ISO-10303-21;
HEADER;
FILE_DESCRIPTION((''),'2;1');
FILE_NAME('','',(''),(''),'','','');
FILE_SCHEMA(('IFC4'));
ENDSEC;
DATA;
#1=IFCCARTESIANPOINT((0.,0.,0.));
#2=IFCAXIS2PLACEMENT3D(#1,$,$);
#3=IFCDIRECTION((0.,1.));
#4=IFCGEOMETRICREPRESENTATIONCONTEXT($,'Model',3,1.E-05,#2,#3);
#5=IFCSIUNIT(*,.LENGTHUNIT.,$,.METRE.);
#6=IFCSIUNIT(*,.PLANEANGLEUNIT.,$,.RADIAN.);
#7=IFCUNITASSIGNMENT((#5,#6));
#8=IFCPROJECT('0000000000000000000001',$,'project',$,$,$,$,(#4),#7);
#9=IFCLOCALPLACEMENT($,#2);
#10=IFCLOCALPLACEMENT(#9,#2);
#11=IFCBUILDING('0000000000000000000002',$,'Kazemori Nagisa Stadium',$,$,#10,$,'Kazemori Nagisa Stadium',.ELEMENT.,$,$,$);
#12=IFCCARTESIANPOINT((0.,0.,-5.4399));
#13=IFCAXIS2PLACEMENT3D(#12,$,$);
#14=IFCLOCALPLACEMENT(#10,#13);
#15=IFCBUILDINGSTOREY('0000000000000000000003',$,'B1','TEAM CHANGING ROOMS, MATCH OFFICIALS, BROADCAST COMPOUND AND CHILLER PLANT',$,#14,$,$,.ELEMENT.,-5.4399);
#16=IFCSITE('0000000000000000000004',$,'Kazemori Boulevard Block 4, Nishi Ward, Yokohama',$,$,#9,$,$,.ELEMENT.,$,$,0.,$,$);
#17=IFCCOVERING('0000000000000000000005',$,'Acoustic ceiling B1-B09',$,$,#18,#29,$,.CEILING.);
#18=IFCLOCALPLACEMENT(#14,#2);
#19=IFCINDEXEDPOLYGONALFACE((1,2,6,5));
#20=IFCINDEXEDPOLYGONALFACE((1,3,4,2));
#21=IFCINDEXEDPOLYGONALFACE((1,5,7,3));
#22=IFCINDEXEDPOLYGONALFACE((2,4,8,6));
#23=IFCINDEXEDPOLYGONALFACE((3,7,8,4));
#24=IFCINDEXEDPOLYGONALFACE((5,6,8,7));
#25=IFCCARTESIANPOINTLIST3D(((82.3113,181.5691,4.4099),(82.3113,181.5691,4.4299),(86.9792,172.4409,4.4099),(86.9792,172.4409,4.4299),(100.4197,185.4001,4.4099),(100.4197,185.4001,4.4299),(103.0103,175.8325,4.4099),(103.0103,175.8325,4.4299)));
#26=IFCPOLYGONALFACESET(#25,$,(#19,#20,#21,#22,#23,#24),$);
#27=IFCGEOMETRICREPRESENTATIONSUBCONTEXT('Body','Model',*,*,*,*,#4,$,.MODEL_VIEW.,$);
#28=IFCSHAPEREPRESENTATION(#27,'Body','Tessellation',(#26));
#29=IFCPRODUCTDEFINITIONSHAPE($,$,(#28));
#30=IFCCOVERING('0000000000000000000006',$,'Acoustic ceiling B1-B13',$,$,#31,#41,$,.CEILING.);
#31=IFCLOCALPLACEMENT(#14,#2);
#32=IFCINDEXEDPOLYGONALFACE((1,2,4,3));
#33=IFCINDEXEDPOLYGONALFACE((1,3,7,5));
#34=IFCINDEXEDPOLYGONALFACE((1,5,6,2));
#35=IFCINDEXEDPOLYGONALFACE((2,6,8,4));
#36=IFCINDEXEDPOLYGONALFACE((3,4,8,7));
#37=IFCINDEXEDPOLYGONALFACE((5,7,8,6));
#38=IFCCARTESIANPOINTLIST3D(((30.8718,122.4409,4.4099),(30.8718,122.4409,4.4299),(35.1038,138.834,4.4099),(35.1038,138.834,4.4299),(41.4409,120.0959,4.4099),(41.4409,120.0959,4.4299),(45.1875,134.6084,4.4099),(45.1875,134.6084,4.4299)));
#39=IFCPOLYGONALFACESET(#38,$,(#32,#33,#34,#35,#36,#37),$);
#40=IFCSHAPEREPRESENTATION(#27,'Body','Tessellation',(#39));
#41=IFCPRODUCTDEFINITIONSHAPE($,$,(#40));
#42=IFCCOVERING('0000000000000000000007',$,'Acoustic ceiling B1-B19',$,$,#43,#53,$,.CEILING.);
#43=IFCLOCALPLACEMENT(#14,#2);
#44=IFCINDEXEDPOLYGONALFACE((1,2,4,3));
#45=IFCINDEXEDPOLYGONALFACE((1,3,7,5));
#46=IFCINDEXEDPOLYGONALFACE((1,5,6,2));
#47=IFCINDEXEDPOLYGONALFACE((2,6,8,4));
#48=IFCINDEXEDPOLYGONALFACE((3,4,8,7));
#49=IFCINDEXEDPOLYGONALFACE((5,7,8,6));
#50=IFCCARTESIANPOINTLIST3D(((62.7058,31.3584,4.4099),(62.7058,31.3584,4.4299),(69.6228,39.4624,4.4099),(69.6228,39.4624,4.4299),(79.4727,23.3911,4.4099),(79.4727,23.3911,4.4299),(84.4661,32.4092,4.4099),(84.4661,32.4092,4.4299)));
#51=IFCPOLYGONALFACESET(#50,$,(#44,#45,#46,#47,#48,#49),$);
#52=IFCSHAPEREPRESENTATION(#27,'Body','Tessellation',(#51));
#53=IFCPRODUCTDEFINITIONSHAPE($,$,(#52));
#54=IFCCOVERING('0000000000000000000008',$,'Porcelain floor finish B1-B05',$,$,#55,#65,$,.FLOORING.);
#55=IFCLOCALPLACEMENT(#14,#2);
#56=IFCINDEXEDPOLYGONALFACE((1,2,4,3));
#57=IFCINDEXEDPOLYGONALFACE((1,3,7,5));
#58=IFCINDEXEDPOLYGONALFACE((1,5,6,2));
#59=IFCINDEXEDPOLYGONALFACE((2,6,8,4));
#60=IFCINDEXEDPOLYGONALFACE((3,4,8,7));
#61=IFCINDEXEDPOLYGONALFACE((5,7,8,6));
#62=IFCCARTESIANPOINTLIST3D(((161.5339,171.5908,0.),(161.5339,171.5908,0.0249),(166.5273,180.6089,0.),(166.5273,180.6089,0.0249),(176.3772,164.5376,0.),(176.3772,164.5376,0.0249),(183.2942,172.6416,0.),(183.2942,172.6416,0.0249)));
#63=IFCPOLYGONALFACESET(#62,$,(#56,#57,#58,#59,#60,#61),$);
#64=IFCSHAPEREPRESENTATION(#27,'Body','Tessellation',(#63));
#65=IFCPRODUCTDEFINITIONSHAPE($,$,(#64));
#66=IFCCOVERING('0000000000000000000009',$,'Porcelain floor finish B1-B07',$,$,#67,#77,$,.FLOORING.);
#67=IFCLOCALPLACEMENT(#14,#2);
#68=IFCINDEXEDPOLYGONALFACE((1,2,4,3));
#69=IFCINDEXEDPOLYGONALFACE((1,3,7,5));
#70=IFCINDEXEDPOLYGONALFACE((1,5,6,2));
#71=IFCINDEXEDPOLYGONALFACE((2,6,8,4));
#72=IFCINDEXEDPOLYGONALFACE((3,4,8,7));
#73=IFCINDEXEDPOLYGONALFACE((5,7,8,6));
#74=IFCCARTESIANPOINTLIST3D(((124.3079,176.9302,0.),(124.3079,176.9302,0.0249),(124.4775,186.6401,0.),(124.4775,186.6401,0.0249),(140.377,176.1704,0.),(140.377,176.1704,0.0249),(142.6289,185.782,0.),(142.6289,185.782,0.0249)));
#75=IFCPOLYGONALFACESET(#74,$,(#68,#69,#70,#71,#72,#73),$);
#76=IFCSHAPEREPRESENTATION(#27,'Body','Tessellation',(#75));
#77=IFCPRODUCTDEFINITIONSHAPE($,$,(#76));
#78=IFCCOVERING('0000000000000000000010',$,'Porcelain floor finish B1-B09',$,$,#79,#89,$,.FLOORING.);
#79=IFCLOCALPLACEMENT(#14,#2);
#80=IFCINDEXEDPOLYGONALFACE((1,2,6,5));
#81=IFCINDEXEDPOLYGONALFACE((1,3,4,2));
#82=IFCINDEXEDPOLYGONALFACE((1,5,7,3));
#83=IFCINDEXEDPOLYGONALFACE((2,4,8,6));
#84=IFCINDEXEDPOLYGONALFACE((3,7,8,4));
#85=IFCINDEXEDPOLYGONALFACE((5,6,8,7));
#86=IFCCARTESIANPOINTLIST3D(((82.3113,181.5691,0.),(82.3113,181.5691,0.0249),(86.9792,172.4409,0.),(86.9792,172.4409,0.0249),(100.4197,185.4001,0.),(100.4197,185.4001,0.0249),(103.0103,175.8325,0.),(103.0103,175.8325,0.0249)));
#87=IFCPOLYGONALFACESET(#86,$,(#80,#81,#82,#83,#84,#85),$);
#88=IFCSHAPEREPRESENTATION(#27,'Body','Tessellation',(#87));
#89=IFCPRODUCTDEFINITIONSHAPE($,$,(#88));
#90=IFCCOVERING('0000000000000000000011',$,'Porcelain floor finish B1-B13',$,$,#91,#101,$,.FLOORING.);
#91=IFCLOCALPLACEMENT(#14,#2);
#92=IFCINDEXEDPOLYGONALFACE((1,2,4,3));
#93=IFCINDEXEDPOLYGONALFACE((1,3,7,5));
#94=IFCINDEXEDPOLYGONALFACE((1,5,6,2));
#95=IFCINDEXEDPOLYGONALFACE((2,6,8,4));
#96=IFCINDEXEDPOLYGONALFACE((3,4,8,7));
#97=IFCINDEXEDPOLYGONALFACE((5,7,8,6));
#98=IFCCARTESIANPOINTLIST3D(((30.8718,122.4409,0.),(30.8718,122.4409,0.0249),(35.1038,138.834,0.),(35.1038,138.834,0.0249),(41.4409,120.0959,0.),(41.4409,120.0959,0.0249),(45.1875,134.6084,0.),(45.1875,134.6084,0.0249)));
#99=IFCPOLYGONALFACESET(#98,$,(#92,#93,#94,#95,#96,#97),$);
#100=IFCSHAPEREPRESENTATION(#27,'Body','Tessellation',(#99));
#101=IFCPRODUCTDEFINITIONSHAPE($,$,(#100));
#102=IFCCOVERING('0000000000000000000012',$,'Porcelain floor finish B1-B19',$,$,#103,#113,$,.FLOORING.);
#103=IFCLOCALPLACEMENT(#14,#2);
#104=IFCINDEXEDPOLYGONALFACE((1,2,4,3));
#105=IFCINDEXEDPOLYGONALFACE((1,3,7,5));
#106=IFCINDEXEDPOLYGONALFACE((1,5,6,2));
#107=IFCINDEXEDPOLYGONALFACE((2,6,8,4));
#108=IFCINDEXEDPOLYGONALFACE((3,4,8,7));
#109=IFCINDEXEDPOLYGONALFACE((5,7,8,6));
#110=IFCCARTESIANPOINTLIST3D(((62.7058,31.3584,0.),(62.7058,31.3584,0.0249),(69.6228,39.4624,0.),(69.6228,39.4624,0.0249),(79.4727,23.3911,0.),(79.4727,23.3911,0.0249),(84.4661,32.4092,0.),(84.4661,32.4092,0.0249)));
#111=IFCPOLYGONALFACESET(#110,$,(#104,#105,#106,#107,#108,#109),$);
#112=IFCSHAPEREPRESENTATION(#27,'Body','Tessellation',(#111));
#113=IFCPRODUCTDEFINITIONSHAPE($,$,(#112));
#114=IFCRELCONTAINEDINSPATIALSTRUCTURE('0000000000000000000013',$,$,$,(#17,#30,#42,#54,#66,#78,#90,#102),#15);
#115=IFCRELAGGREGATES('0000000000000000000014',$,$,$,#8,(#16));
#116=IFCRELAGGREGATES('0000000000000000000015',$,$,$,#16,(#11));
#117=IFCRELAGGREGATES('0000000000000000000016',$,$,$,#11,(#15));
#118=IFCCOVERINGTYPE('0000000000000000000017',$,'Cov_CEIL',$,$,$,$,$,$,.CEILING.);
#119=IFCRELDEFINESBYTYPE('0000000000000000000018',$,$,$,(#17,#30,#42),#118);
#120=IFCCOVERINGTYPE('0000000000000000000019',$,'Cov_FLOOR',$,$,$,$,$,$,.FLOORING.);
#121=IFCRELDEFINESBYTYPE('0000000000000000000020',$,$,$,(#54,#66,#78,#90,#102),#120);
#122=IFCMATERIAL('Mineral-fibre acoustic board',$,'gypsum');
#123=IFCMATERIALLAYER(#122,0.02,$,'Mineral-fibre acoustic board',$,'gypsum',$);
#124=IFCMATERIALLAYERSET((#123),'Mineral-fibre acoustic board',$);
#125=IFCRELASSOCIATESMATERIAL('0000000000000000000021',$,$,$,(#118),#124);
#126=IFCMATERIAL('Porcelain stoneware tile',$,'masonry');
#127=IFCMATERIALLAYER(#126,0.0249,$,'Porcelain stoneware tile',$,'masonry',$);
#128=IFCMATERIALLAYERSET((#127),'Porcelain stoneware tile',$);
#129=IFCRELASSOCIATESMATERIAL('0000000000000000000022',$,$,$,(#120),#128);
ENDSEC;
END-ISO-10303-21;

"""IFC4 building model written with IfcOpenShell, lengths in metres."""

from ifc_helpers import new_model, si_unit, direction, frame, origin, place, context, subcontext, project, spatial, polyline, outline, extrude, material, layer, layer_set, type_object, element, save


model = new_model("IFC4")

# Units and contexts
model_context = context("Model", 3, precision=1e-05, world=origin(), true_north=direction((0.0, 1.0)))
body_context = subcontext(model_context, "Body", "Model", "MODEL_VIEW")
ifc_project = project(units=[si_unit("LENGTHUNIT", "METRE"), si_unit("PLANEANGLEUNIT", "RADIAN")], contexts=[model_context])

# Site, building, storey
site_placement = place(None, origin())
site = spatial("IfcSite", under=ifc_project, at=site_placement, Name="Kazemori Boulevard Block 4, Nishi Ward, Yokohama", CompositionType="ELEMENT", RefElevation=0.0)
building_placement = place(site_placement, origin())
building = spatial("IfcBuilding", under=site, at=building_placement, Name="Kazemori Nagisa Stadium", LongName="Kazemori Nagisa Stadium", CompositionType="ELEMENT")
storey_placement = place(building_placement, frame((0.0, 0.0, -5.4399)))
storey = spatial("IfcBuildingStorey", under=building, at=storey_placement, Name="B1", Description="TEAM CHANGING ROOMS, MATCH OFFICIALS, BROADCAST COMPOUND AND CHILLER PLANT", CompositionType="ELEMENT", Elevation=-5.4399)

# Coverings
ifc_material_1 = material(Name="Mineral-fibre acoustic board", Category="gypsum")
ifc_layer_1 = layer(ifc_material_1, 0.02, Name="Mineral-fibre acoustic board", Category="gypsum")
ifc_layer_set_1 = layer_set([ifc_layer_1], Name="Mineral-fibre acoustic board")
covering_type_1 = type_object("IfcCoveringType", Name="Cov_CEIL", PredefinedType="CEILING", material=ifc_layer_set_1)
covering_1_placement = place(storey_placement, frame((0.0, 0.0, 4.4099)))
element("IfcCovering", 1, at=covering_1_placement, inside=storey, type_object=covering_type_1, Name="Acoustic ceiling B1-B09", PredefinedType="CEILING", context=body_context, shape_type="SweptSolid", body=[
    extrude(outline(polyline([(103.0103, 175.8325), (86.9792, 172.4409), (82.3113, 181.5691), (100.4197, 185.4001), (103.0103, 175.8325)])), origin(), (0.0, 0.0, 1.0), 0.02),
])
covering_2_placement = place(storey_placement, frame((0.0, 0.0, 4.4099)))
element("IfcCovering", 2, at=covering_2_placement, inside=storey, type_object=covering_type_1, Name="Acoustic ceiling B1-B13", PredefinedType="CEILING", context=body_context, shape_type="SweptSolid", body=[
    extrude(outline(polyline([(45.1875, 134.6084), (41.4409, 120.0959), (30.8718, 122.4409), (35.1038, 138.834), (45.1875, 134.6084)])), origin(), (0.0, 0.0, 1.0), 0.02),
])
covering_3_placement = place(storey_placement, frame((0.0, 0.0, 4.4099)))
element("IfcCovering", 3, at=covering_3_placement, inside=storey, type_object=covering_type_1, Name="Acoustic ceiling B1-B19", PredefinedType="CEILING", context=body_context, shape_type="SweptSolid", body=[
    extrude(outline(polyline([(69.6228, 39.4624), (84.4661, 32.4092), (79.4727, 23.3911), (62.7058, 31.3584), (69.6228, 39.4624)])), origin(), (0.0, 0.0, 1.0), 0.02),
])
ifc_material_2 = material(Name="Porcelain stoneware tile", Category="masonry")
ifc_layer_2 = layer(ifc_material_2, 0.0249, Name="Porcelain stoneware tile", Category="masonry")
ifc_layer_set_2 = layer_set([ifc_layer_2], Name="Porcelain stoneware tile")
covering_type_2 = type_object("IfcCoveringType", Name="Cov_FLOOR", PredefinedType="FLOORING", material=ifc_layer_set_2)
covering_4_placement = place(storey_placement, origin())
element("IfcCovering", 4, at=covering_4_placement, inside=storey, type_object=covering_type_2, Name="Porcelain floor finish B1-B05", PredefinedType="FLOORING", context=body_context, shape_type="SweptSolid", body=[
    extrude(outline(polyline([(176.3772, 164.5376), (161.5339, 171.5908), (166.5273, 180.6089), (183.2942, 172.6416), (176.3772, 164.5376)])), origin(), (0.0, 0.0, 1.0), 0.0249),
])
covering_5_placement = place(storey_placement, origin())
element("IfcCovering", 5, at=covering_5_placement, inside=storey, type_object=covering_type_2, Name="Porcelain floor finish B1-B07", PredefinedType="FLOORING", context=body_context, shape_type="SweptSolid", body=[
    extrude(outline(polyline([(140.377, 176.1704), (124.3079, 176.9302), (124.4775, 186.6401), (142.6289, 185.782), (140.377, 176.1704)])), origin(), (0.0, 0.0, 1.0), 0.0249),
])
covering_6_placement = place(storey_placement, origin())
element("IfcCovering", 6, at=covering_6_placement, inside=storey, type_object=covering_type_2, Name="Porcelain floor finish B1-B09", PredefinedType="FLOORING", context=body_context, shape_type="SweptSolid", body=[
    extrude(outline(polyline([(103.0103, 175.8325), (86.9792, 172.4409), (82.3113, 181.5691), (100.4197, 185.4001), (103.0103, 175.8325)])), origin(), (0.0, 0.0, 1.0), 0.0249),
])
covering_7_placement = place(storey_placement, origin())
element("IfcCovering", 7, at=covering_7_placement, inside=storey, type_object=covering_type_2, Name="Porcelain floor finish B1-B13", PredefinedType="FLOORING", context=body_context, shape_type="SweptSolid", body=[
    extrude(outline(polyline([(45.1875, 134.6084), (41.4409, 120.0959), (30.8718, 122.4409), (35.1038, 138.834), (45.1875, 134.6084)])), origin(), (0.0, 0.0, 1.0), 0.0249),
])
covering_8_placement = place(storey_placement, origin())
element("IfcCovering", 8, at=covering_8_placement, inside=storey, type_object=covering_type_2, Name="Porcelain floor finish B1-B19", PredefinedType="FLOORING", context=body_context, shape_type="SweptSolid", body=[
    extrude(outline(polyline([(69.6228, 39.4624), (84.4661, 32.4092), (79.4727, 23.3911), (62.7058, 31.3584), (69.6228, 39.4624)])), origin(), (0.0, 0.0, 1.0), 0.0249),
])

save(model, "model.ifc")
